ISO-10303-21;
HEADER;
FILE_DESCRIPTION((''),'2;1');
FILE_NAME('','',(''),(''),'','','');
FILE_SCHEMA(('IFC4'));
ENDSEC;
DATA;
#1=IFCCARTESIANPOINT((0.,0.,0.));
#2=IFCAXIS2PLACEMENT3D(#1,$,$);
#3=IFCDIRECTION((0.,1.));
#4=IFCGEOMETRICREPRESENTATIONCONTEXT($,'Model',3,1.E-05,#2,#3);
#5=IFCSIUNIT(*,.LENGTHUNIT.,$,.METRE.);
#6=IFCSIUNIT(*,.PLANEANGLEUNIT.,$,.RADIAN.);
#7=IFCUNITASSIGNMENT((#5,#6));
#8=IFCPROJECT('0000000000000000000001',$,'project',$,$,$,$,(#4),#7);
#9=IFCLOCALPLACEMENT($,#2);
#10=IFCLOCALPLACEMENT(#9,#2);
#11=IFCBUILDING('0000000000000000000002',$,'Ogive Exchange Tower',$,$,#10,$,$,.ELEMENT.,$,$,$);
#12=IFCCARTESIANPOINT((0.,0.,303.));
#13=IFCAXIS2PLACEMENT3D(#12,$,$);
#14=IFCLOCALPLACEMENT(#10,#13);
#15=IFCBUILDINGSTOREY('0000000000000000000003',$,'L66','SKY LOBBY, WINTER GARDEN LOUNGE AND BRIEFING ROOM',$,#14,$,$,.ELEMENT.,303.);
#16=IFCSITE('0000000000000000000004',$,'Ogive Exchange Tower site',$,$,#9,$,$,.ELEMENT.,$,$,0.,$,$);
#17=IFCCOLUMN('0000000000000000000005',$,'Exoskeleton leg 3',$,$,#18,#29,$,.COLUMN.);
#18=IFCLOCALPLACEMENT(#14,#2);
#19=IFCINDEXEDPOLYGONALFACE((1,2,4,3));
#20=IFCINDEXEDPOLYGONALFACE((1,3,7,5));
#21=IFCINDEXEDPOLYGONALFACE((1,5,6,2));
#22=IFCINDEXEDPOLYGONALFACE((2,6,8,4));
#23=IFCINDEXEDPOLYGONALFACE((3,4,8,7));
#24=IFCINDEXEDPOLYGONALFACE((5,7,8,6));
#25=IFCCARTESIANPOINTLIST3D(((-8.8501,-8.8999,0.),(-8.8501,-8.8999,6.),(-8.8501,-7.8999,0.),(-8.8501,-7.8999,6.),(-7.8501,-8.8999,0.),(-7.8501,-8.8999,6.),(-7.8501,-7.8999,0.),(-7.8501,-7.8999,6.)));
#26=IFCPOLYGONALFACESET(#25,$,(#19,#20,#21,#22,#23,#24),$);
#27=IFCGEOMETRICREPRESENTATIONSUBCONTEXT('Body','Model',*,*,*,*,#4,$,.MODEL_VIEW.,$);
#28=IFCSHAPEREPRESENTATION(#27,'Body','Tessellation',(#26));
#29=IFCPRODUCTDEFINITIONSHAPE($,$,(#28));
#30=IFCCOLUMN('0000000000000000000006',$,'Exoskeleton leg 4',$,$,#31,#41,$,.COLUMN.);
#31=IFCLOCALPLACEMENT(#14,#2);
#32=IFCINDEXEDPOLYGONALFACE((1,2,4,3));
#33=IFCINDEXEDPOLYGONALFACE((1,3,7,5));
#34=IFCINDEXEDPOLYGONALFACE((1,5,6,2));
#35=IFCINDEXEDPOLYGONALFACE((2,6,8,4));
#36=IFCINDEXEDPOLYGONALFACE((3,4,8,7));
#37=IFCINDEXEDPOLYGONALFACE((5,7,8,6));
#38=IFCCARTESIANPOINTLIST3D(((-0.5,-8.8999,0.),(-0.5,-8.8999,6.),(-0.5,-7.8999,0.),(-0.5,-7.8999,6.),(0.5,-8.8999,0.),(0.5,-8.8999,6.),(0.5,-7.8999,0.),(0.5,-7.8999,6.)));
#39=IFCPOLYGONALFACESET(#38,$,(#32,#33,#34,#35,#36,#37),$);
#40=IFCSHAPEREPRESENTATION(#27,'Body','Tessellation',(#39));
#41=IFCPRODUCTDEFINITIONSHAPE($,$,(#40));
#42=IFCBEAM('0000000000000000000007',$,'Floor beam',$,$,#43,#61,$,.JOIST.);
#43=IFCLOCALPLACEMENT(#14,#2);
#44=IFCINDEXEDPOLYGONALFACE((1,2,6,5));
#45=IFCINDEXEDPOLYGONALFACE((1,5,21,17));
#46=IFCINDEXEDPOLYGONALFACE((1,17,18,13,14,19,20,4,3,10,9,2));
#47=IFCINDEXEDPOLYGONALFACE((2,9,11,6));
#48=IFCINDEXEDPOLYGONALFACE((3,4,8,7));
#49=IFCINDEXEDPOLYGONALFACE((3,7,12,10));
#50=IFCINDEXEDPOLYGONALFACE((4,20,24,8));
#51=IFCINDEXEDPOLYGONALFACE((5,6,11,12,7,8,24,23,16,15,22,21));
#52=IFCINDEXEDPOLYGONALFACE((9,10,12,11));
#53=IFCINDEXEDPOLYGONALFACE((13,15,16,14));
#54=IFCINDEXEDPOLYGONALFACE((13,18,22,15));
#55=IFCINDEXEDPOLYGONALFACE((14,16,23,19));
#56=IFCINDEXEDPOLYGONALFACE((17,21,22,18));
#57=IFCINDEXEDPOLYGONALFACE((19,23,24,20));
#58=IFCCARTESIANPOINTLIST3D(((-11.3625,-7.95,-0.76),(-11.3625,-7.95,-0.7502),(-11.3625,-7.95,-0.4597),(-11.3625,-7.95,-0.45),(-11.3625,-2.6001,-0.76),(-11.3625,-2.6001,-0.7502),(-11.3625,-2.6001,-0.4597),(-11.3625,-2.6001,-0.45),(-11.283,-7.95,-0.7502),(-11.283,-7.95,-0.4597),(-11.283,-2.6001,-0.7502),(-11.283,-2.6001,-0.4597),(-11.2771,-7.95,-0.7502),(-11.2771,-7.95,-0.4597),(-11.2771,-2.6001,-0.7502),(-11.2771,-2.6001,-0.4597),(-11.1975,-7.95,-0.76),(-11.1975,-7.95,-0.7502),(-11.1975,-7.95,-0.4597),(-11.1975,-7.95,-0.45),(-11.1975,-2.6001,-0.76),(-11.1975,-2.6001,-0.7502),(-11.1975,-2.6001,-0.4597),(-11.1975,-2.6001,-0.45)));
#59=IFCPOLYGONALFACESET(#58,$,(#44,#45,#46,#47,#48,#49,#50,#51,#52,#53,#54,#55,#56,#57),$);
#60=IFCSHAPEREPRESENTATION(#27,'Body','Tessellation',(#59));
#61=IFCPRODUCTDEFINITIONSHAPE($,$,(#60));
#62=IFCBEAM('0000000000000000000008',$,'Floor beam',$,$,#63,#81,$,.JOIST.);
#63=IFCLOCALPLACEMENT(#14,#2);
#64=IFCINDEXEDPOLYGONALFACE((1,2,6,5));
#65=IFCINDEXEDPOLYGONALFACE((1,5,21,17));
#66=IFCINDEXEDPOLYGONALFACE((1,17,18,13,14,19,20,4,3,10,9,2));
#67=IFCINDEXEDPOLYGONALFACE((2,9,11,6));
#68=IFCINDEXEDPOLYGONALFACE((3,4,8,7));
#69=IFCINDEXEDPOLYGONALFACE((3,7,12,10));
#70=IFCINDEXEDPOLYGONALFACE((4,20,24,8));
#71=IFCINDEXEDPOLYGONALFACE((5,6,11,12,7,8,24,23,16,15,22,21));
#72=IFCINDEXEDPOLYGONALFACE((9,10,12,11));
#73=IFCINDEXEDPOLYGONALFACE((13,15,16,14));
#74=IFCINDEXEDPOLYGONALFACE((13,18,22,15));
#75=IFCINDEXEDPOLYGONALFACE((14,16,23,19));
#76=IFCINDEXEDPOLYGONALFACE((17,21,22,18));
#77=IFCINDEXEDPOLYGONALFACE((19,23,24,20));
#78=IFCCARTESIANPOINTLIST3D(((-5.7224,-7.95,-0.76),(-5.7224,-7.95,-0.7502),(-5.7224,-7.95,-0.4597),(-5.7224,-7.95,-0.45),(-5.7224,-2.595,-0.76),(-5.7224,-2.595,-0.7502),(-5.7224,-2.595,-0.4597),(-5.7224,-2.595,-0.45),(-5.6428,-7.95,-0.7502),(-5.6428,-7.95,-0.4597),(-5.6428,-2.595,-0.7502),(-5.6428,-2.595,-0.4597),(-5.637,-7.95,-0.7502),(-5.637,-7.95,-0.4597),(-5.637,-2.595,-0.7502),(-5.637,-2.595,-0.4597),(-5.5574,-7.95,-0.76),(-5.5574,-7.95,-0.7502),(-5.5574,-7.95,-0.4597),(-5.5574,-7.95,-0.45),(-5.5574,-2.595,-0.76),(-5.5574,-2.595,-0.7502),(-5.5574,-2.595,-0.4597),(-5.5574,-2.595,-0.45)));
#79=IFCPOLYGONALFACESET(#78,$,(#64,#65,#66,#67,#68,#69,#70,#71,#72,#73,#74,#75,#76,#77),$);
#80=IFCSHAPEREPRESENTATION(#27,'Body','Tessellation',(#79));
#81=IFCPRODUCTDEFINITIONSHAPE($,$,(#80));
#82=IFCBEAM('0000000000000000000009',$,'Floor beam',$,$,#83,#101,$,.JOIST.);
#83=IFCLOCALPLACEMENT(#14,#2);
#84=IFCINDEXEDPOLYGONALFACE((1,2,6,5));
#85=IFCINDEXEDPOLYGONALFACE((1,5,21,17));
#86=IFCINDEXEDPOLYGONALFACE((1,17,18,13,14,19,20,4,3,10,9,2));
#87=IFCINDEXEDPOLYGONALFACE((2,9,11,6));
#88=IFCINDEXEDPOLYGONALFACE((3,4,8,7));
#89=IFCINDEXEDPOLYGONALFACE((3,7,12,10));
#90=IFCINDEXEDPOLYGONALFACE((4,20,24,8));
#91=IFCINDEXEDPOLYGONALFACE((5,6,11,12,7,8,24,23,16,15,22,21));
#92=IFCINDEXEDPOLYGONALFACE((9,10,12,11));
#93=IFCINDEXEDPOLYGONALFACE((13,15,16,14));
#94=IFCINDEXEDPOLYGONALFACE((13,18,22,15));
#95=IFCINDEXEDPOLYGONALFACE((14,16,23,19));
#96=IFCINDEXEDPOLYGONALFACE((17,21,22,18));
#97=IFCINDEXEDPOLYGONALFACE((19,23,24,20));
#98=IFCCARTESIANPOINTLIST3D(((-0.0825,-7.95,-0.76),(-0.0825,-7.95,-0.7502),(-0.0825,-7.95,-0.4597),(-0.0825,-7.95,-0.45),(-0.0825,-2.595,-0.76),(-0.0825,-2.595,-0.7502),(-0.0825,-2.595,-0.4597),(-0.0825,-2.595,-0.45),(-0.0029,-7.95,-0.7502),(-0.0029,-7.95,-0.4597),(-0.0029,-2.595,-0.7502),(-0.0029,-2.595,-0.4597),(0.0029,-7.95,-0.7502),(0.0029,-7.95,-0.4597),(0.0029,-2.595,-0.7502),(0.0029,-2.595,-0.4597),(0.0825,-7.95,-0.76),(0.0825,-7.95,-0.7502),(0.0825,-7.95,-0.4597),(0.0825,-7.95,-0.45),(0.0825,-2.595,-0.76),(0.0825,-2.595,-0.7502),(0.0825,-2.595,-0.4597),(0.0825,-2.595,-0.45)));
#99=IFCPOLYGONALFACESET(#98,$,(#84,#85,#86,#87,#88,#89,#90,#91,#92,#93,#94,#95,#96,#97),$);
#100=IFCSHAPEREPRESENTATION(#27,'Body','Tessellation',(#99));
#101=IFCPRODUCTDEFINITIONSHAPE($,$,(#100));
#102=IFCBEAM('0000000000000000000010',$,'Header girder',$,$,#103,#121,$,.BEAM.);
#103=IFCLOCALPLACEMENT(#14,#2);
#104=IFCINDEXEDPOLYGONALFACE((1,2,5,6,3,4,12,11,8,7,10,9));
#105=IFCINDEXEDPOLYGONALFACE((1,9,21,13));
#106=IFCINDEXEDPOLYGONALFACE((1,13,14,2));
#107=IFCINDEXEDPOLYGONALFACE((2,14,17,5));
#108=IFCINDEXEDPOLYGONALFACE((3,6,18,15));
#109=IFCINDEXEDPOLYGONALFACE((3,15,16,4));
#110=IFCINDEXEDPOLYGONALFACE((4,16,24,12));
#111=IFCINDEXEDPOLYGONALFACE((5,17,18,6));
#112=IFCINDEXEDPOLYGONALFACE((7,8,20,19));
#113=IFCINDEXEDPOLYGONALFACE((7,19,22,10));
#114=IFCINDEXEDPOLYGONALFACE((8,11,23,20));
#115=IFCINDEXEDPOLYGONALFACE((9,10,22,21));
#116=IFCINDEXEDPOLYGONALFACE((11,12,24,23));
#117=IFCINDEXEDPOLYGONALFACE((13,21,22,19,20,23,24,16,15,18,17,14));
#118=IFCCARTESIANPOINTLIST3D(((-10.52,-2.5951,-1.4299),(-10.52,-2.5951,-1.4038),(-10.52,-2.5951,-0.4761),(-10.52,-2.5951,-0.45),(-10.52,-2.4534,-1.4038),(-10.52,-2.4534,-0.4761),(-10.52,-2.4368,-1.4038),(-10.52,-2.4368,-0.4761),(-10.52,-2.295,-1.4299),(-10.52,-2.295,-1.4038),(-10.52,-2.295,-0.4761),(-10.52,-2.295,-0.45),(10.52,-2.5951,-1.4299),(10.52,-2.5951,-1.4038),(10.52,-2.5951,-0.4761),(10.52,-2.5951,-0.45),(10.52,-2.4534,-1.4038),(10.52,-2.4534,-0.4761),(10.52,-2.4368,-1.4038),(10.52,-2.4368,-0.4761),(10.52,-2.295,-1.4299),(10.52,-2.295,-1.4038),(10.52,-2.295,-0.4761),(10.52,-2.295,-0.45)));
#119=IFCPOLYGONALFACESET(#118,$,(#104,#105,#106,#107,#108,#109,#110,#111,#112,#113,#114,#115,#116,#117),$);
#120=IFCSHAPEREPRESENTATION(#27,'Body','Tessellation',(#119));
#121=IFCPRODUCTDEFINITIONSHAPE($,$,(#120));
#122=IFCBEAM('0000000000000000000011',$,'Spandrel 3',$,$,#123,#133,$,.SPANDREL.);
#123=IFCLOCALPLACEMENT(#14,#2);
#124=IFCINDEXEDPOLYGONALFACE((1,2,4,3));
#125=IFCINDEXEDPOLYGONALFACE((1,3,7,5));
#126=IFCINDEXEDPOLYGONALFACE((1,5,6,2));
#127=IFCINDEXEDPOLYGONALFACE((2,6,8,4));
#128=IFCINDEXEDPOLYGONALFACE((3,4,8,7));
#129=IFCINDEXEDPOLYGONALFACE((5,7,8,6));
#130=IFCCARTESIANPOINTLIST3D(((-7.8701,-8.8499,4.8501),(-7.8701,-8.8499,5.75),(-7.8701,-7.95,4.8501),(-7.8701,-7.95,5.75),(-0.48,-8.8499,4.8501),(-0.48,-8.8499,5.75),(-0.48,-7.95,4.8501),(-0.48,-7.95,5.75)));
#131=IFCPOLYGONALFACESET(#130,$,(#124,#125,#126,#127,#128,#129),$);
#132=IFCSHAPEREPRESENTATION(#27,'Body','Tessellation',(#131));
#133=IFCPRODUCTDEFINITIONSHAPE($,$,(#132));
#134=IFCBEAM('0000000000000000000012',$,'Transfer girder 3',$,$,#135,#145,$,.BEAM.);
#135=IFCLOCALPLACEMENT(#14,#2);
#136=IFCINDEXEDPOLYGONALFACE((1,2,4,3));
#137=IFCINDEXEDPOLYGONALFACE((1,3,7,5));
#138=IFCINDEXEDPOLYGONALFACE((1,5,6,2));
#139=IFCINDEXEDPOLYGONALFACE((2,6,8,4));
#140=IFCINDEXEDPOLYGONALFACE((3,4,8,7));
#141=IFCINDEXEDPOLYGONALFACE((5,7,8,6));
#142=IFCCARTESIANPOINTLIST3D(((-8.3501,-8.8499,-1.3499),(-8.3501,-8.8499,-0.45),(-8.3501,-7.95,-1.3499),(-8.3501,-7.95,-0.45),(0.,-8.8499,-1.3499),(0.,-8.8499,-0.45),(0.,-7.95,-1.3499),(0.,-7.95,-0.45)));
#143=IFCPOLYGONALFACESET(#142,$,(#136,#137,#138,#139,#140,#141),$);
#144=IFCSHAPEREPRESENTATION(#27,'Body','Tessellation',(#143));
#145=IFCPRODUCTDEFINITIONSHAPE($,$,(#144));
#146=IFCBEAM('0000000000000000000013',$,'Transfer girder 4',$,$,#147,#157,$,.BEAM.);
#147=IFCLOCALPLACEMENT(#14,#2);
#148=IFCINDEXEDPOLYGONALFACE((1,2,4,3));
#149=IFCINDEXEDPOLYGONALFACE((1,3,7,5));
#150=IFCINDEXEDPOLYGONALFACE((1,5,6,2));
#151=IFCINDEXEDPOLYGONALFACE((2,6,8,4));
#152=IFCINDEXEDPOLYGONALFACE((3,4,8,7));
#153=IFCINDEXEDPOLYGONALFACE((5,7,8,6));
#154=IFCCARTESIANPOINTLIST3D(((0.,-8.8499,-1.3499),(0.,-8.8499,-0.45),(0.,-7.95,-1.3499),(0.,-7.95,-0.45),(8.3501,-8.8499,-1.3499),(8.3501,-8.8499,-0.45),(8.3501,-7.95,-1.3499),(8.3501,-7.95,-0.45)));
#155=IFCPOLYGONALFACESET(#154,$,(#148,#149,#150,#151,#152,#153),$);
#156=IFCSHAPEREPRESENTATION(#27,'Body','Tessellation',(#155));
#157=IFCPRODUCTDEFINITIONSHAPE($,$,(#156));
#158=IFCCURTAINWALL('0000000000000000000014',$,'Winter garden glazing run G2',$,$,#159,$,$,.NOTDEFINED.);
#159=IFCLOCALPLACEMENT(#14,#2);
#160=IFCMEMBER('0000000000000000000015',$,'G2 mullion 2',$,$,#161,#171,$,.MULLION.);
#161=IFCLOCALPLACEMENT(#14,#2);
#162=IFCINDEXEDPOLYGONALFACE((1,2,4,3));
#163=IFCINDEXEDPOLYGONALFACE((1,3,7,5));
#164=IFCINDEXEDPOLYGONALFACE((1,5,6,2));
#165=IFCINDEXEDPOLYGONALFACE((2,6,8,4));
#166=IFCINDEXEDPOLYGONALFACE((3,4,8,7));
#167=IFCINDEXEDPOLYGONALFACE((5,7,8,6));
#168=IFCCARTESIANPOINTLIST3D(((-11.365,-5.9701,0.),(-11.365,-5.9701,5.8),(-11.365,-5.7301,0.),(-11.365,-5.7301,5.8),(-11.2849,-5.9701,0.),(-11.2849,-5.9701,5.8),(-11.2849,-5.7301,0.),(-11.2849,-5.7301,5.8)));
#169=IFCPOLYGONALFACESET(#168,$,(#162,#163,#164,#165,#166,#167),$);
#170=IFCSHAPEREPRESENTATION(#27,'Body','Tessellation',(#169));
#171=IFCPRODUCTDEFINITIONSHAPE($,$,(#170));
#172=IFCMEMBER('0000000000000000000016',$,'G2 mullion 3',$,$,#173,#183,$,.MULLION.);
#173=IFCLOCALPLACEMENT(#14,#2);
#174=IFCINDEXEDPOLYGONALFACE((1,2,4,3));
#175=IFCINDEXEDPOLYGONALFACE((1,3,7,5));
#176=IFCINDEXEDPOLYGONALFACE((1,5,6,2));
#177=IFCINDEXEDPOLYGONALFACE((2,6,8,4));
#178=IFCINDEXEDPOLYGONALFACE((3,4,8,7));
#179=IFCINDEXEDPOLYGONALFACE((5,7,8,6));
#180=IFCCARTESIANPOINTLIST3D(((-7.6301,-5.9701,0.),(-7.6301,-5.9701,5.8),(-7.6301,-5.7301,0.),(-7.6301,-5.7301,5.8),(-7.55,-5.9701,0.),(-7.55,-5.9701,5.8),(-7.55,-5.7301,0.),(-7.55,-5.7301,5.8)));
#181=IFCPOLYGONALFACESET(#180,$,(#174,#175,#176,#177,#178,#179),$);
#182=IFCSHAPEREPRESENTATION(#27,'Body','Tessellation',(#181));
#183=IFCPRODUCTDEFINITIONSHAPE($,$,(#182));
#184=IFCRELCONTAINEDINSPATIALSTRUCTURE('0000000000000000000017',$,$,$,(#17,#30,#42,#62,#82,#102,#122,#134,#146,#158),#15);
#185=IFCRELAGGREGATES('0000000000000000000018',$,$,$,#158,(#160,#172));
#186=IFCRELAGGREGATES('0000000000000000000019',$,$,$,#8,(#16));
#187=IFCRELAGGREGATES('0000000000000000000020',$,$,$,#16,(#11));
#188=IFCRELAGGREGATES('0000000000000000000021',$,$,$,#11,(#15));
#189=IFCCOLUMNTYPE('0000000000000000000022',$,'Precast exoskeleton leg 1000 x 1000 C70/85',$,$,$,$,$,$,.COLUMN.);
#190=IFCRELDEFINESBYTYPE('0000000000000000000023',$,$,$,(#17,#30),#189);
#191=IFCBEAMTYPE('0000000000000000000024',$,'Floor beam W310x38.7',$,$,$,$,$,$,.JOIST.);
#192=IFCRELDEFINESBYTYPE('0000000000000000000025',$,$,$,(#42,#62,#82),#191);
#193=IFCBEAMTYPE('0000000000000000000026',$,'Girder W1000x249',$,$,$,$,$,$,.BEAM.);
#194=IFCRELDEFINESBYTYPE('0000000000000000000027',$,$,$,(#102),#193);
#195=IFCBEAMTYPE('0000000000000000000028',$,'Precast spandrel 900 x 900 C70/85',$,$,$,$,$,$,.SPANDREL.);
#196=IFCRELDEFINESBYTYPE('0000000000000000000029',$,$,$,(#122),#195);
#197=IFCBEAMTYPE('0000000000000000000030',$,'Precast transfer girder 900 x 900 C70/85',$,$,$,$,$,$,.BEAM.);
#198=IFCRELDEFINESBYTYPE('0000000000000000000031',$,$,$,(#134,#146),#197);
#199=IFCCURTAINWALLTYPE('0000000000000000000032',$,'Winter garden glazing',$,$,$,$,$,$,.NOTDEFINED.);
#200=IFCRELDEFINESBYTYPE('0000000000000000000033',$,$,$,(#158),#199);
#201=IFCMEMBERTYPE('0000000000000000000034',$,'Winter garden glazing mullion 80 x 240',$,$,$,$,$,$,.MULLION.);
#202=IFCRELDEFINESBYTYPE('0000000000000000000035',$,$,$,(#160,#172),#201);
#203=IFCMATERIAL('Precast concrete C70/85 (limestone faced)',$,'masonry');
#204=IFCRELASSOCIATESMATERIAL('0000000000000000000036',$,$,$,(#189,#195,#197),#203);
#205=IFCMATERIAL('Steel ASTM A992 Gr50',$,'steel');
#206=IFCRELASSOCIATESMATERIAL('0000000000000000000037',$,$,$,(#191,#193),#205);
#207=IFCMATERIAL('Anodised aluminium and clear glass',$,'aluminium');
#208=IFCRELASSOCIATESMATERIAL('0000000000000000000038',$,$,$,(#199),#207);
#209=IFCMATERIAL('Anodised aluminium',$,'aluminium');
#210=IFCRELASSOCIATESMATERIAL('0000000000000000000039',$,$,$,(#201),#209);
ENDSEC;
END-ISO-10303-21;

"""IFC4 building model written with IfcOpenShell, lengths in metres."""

from ifc_helpers import new_model, si_unit, direction, frame, origin, origin_2d, place, context, subcontext, project, spatial, rectangle, i_section, extrude, material, material_profile, profile_set, type_object, element, aggregate, save


model = new_model("IFC4")

# Units and contexts
model_context = context("Model", 3, precision=1e-05, world=origin(), true_north=direction((0.0, 1.0)))
body_context = subcontext(model_context, "Body", "Model", "MODEL_VIEW")
ifc_project = project(units=[si_unit("LENGTHUNIT", "METRE"), si_unit("PLANEANGLEUNIT", "RADIAN")], contexts=[model_context])

# Site, building, storey
site_placement = place(None, origin())
site = spatial("IfcSite", under=ifc_project, at=site_placement, Name="Ogive Exchange Tower site", CompositionType="ELEMENT", RefElevation=0.0)
building_placement = place(site_placement, origin())
building = spatial("IfcBuilding", under=site, at=building_placement, Name="Ogive Exchange Tower", CompositionType="ELEMENT")
storey_placement = place(building_placement, frame((0.0, 0.0, 303.0)))
storey = spatial("IfcBuildingStorey", under=building, at=storey_placement, Name="L66", Description="SKY LOBBY, WINTER GARDEN LOUNGE AND BRIEFING ROOM", CompositionType="ELEMENT", Elevation=303.0)

# Columns
ifc_material_1 = material(Name="Precast concrete C70/85 (limestone faced)", Category="masonry")
ifc_material_profile_1 = material_profile(ifc_material_1, rectangle(XDim=1.0, YDim=1.0, at=origin_2d()), Name="1000 x 1000")
ifc_profile_set_1 = profile_set([ifc_material_profile_1], Name="Precast concrete C70/85 (limestone faced)")
column_type = type_object("IfcColumnType", Name="Precast exoskeleton leg 1000 x 1000 C70/85", PredefinedType="COLUMN", material=ifc_profile_set_1)
for number, where, z_axis, x_axis, name in (
    (1, (-8.3501, -8.3999, 0.0), (0.0, 0.0, 1.0), (1.0, 0.0, 0.0), "Exoskeleton leg 3"),
    (2, (0.0, -8.3999, 0.0), (0.0, 0.0, 1.0), (1.0, 0.0, 0.0), "Exoskeleton leg 4"),
):
    element("IfcColumn", number, at=place(storey_placement, frame(where, z_axis=z_axis, x_axis=x_axis)), inside=storey, type_object=column_type, Name=name, PredefinedType="COLUMN", context=body_context, shape_type="SweptSolid", body=[
        extrude(rectangle(XDim=1.0, YDim=1.0, at=origin_2d()), origin(), (0.0, 0.0, 1.0), 6.0),
    ])

# Beams
ifc_material_2 = material(Name="Steel ASTM A992 Gr50", Category="steel")
ifc_material_profile_2 = material_profile(ifc_material_2, i_section(OverallWidth=0.165, OverallDepth=0.3101, WebThickness=0.0059, FlangeThickness=0.0098, at=origin_2d()), Name="W310x38.7")
ifc_profile_set_2 = profile_set([ifc_material_profile_2], Name="Steel ASTM A992 Gr50")
beam_type_1 = type_object("IfcBeamType", Name="Floor beam W310x38.7", PredefinedType="JOIST", material=ifc_profile_set_2)
beam_1_placement = place(storey_placement, frame((-11.28, -7.95, -0.605), z_axis=(0.0, 1.0, 0.0), x_axis=(-1.0, 0.0, 0.0)))
element("IfcBeam", 3, at=beam_1_placement, inside=storey, type_object=beam_type_1, Name="Floor beam", PredefinedType="JOIST", context=body_context, shape_type="SweptSolid", body=[
    extrude(i_section(OverallWidth=0.165, OverallDepth=0.3101, WebThickness=0.0059, FlangeThickness=0.0098, at=origin_2d()), origin(), (0.0, 0.0, 1.0), 5.3499),
])
for number, where, z_axis, x_axis, name in (
    (4, (-5.6399, -7.95, -0.605), (0.0, 1.0, 0.0), (-1.0, 0.0, 0.0), "Floor beam"),
    (5, (0.0, -7.95, -0.605), (0.0, 1.0, 0.0), (-1.0, 0.0, 0.0), "Floor beam"),
):
    element("IfcBeam", number, at=place(storey_placement, frame(where, z_axis=z_axis, x_axis=x_axis)), inside=storey, type_object=beam_type_1, Name=name, PredefinedType="JOIST", context=body_context, shape_type="SweptSolid", body=[
        extrude(i_section(OverallWidth=0.165, OverallDepth=0.3101, WebThickness=0.0059, FlangeThickness=0.0098, at=origin_2d()), origin(), (0.0, 0.0, 1.0), 5.355),
    ])
ifc_material_profile_3 = material_profile(ifc_material_2, i_section(OverallWidth=0.3, OverallDepth=0.98, WebThickness=0.0166, FlangeThickness=0.0261, at=origin_2d()), Name="W1000x249")
ifc_profile_set_3 = profile_set([ifc_material_profile_3], Name="Steel ASTM A992 Gr50")
beam_type_2 = type_object("IfcBeamType", Name="Girder W1000x249", PredefinedType="BEAM", material=ifc_profile_set_3)
beam_2_placement = place(storey_placement, frame((-10.52, -2.4451, -0.9399), z_axis=(1.0, 0.0, 0.0), x_axis=(0.0, 1.0, 0.0)))
element("IfcBeam", 6, at=beam_2_placement, inside=storey, type_object=beam_type_2, Name="Header girder", PredefinedType="BEAM", context=body_context, shape_type="SweptSolid", body=[
    extrude(i_section(OverallWidth=0.3, OverallDepth=0.98, WebThickness=0.0166, FlangeThickness=0.0261, at=origin_2d()), origin(), (0.0, 0.0, 1.0), 21.04),
])
ifc_material_profile_4 = material_profile(ifc_material_1, rectangle(XDim=0.8999, YDim=0.8999, at=origin_2d()), Name="900 x 900")
ifc_profile_set_4 = profile_set([ifc_material_profile_4], Name="Precast concrete C70/85 (limestone faced)")
beam_type_3 = type_object("IfcBeamType", Name="Precast spandrel 900 x 900 C70/85", PredefinedType="SPANDREL", material=ifc_profile_set_4)
beam_3_placement = place(storey_placement, frame((-7.8701, -8.3999, 5.3), z_axis=(1.0, 0.0, 0.0), x_axis=(0.0, 1.0, 0.0)))
element("IfcBeam", 7, at=beam_3_placement, inside=storey, type_object=beam_type_3, Name="Spandrel 3", PredefinedType="SPANDREL", context=body_context, shape_type="SweptSolid", body=[
    extrude(rectangle(XDim=0.8999, YDim=0.8999, at=origin_2d()), origin(), (0.0, 0.0, 1.0), 7.3901),
])
ifc_material_profile_5 = material_profile(ifc_material_1, rectangle(XDim=0.8999, YDim=0.8999, at=origin_2d()), Name="900 x 900")
ifc_profile_set_5 = profile_set([ifc_material_profile_5], Name="Precast concrete C70/85 (limestone faced)")
beam_type_4 = type_object("IfcBeamType", Name="Precast transfer girder 900 x 900 C70/85", PredefinedType="BEAM", material=ifc_profile_set_5)
for number, where, z_axis, x_axis, name in (
    (8, (-8.3501, -8.3999, -0.8999), (1.0, 0.0, 0.0), (0.0, 1.0, 0.0), "Transfer girder 3"),
    (9, (0.0, -8.3999, -0.8999), (1.0, 0.0, 0.0), (0.0, 1.0, 0.0), "Transfer girder 4"),
):
    element("IfcBeam", number, at=place(storey_placement, frame(where, z_axis=z_axis, x_axis=x_axis)), inside=storey, type_object=beam_type_4, Name=name, PredefinedType="BEAM", context=body_context, shape_type="SweptSolid", body=[
        extrude(rectangle(XDim=0.8999, YDim=0.8999, at=origin_2d()), origin(), (0.0, 0.0, 1.0), 8.3501),
    ])

# Curtain wall, members
ifc_material_3 = material(Name="Anodised aluminium and clear glass", Category="aluminium")
curtain_wall_type = type_object("IfcCurtainWallType", Name="Winter garden glazing", PredefinedType="NOTDEFINED", material=ifc_material_3)
curtain_wall_placement = place(storey_placement, origin())
curtain_wall = element("IfcCurtainWall", 10, at=curtain_wall_placement, inside=storey, type_object=curtain_wall_type, Name="Winter garden glazing run G2", PredefinedType="NOTDEFINED")
ifc_material_4 = material(Name="Anodised aluminium", Category="aluminium")
ifc_material_profile_6 = material_profile(ifc_material_4, rectangle(XDim=0.24, YDim=0.0801, at=origin_2d()), Name="AL 80x240")
ifc_profile_set_6 = profile_set([ifc_material_profile_6], Name="Anodised aluminium")
member_type_1 = type_object("IfcMemberType", Name="Winter garden glazing mullion 80 x 240", PredefinedType="MULLION", material=ifc_profile_set_6)
member_1_placement = place(storey_placement, frame((-11.325, -5.8501, 0.0), z_axis=(0.0, 0.0, 1.0), x_axis=(0.0, 1.0, 0.0)))
member_1 = element("IfcMember", 11, at=member_1_placement, type_object=member_type_1, Name="G2 mullion 2", PredefinedType="MULLION", context=body_context, shape_type="SweptSolid", body=[
    extrude(rectangle(XDim=0.24, YDim=0.0801, at=origin_2d()), origin(), (0.0, 0.0, 1.0), 5.8),
])
member_2_placement = place(storey_placement, frame((-7.5901, -5.8501, 0.0), z_axis=(0.0, 0.0, 1.0), x_axis=(0.0, 1.0, 0.0)))
member_2 = element("IfcMember", 12, at=member_2_placement, type_object=member_type_1, Name="G2 mullion 3", PredefinedType="MULLION", context=body_context, shape_type="SweptSolid", body=[
    extrude(rectangle(XDim=0.24, YDim=0.0801, at=origin_2d()), origin(), (0.0, 0.0, 1.0), 5.8),
])
aggregate(curtain_wall, [member_1, member_2])

save(model, "model.ifc")
